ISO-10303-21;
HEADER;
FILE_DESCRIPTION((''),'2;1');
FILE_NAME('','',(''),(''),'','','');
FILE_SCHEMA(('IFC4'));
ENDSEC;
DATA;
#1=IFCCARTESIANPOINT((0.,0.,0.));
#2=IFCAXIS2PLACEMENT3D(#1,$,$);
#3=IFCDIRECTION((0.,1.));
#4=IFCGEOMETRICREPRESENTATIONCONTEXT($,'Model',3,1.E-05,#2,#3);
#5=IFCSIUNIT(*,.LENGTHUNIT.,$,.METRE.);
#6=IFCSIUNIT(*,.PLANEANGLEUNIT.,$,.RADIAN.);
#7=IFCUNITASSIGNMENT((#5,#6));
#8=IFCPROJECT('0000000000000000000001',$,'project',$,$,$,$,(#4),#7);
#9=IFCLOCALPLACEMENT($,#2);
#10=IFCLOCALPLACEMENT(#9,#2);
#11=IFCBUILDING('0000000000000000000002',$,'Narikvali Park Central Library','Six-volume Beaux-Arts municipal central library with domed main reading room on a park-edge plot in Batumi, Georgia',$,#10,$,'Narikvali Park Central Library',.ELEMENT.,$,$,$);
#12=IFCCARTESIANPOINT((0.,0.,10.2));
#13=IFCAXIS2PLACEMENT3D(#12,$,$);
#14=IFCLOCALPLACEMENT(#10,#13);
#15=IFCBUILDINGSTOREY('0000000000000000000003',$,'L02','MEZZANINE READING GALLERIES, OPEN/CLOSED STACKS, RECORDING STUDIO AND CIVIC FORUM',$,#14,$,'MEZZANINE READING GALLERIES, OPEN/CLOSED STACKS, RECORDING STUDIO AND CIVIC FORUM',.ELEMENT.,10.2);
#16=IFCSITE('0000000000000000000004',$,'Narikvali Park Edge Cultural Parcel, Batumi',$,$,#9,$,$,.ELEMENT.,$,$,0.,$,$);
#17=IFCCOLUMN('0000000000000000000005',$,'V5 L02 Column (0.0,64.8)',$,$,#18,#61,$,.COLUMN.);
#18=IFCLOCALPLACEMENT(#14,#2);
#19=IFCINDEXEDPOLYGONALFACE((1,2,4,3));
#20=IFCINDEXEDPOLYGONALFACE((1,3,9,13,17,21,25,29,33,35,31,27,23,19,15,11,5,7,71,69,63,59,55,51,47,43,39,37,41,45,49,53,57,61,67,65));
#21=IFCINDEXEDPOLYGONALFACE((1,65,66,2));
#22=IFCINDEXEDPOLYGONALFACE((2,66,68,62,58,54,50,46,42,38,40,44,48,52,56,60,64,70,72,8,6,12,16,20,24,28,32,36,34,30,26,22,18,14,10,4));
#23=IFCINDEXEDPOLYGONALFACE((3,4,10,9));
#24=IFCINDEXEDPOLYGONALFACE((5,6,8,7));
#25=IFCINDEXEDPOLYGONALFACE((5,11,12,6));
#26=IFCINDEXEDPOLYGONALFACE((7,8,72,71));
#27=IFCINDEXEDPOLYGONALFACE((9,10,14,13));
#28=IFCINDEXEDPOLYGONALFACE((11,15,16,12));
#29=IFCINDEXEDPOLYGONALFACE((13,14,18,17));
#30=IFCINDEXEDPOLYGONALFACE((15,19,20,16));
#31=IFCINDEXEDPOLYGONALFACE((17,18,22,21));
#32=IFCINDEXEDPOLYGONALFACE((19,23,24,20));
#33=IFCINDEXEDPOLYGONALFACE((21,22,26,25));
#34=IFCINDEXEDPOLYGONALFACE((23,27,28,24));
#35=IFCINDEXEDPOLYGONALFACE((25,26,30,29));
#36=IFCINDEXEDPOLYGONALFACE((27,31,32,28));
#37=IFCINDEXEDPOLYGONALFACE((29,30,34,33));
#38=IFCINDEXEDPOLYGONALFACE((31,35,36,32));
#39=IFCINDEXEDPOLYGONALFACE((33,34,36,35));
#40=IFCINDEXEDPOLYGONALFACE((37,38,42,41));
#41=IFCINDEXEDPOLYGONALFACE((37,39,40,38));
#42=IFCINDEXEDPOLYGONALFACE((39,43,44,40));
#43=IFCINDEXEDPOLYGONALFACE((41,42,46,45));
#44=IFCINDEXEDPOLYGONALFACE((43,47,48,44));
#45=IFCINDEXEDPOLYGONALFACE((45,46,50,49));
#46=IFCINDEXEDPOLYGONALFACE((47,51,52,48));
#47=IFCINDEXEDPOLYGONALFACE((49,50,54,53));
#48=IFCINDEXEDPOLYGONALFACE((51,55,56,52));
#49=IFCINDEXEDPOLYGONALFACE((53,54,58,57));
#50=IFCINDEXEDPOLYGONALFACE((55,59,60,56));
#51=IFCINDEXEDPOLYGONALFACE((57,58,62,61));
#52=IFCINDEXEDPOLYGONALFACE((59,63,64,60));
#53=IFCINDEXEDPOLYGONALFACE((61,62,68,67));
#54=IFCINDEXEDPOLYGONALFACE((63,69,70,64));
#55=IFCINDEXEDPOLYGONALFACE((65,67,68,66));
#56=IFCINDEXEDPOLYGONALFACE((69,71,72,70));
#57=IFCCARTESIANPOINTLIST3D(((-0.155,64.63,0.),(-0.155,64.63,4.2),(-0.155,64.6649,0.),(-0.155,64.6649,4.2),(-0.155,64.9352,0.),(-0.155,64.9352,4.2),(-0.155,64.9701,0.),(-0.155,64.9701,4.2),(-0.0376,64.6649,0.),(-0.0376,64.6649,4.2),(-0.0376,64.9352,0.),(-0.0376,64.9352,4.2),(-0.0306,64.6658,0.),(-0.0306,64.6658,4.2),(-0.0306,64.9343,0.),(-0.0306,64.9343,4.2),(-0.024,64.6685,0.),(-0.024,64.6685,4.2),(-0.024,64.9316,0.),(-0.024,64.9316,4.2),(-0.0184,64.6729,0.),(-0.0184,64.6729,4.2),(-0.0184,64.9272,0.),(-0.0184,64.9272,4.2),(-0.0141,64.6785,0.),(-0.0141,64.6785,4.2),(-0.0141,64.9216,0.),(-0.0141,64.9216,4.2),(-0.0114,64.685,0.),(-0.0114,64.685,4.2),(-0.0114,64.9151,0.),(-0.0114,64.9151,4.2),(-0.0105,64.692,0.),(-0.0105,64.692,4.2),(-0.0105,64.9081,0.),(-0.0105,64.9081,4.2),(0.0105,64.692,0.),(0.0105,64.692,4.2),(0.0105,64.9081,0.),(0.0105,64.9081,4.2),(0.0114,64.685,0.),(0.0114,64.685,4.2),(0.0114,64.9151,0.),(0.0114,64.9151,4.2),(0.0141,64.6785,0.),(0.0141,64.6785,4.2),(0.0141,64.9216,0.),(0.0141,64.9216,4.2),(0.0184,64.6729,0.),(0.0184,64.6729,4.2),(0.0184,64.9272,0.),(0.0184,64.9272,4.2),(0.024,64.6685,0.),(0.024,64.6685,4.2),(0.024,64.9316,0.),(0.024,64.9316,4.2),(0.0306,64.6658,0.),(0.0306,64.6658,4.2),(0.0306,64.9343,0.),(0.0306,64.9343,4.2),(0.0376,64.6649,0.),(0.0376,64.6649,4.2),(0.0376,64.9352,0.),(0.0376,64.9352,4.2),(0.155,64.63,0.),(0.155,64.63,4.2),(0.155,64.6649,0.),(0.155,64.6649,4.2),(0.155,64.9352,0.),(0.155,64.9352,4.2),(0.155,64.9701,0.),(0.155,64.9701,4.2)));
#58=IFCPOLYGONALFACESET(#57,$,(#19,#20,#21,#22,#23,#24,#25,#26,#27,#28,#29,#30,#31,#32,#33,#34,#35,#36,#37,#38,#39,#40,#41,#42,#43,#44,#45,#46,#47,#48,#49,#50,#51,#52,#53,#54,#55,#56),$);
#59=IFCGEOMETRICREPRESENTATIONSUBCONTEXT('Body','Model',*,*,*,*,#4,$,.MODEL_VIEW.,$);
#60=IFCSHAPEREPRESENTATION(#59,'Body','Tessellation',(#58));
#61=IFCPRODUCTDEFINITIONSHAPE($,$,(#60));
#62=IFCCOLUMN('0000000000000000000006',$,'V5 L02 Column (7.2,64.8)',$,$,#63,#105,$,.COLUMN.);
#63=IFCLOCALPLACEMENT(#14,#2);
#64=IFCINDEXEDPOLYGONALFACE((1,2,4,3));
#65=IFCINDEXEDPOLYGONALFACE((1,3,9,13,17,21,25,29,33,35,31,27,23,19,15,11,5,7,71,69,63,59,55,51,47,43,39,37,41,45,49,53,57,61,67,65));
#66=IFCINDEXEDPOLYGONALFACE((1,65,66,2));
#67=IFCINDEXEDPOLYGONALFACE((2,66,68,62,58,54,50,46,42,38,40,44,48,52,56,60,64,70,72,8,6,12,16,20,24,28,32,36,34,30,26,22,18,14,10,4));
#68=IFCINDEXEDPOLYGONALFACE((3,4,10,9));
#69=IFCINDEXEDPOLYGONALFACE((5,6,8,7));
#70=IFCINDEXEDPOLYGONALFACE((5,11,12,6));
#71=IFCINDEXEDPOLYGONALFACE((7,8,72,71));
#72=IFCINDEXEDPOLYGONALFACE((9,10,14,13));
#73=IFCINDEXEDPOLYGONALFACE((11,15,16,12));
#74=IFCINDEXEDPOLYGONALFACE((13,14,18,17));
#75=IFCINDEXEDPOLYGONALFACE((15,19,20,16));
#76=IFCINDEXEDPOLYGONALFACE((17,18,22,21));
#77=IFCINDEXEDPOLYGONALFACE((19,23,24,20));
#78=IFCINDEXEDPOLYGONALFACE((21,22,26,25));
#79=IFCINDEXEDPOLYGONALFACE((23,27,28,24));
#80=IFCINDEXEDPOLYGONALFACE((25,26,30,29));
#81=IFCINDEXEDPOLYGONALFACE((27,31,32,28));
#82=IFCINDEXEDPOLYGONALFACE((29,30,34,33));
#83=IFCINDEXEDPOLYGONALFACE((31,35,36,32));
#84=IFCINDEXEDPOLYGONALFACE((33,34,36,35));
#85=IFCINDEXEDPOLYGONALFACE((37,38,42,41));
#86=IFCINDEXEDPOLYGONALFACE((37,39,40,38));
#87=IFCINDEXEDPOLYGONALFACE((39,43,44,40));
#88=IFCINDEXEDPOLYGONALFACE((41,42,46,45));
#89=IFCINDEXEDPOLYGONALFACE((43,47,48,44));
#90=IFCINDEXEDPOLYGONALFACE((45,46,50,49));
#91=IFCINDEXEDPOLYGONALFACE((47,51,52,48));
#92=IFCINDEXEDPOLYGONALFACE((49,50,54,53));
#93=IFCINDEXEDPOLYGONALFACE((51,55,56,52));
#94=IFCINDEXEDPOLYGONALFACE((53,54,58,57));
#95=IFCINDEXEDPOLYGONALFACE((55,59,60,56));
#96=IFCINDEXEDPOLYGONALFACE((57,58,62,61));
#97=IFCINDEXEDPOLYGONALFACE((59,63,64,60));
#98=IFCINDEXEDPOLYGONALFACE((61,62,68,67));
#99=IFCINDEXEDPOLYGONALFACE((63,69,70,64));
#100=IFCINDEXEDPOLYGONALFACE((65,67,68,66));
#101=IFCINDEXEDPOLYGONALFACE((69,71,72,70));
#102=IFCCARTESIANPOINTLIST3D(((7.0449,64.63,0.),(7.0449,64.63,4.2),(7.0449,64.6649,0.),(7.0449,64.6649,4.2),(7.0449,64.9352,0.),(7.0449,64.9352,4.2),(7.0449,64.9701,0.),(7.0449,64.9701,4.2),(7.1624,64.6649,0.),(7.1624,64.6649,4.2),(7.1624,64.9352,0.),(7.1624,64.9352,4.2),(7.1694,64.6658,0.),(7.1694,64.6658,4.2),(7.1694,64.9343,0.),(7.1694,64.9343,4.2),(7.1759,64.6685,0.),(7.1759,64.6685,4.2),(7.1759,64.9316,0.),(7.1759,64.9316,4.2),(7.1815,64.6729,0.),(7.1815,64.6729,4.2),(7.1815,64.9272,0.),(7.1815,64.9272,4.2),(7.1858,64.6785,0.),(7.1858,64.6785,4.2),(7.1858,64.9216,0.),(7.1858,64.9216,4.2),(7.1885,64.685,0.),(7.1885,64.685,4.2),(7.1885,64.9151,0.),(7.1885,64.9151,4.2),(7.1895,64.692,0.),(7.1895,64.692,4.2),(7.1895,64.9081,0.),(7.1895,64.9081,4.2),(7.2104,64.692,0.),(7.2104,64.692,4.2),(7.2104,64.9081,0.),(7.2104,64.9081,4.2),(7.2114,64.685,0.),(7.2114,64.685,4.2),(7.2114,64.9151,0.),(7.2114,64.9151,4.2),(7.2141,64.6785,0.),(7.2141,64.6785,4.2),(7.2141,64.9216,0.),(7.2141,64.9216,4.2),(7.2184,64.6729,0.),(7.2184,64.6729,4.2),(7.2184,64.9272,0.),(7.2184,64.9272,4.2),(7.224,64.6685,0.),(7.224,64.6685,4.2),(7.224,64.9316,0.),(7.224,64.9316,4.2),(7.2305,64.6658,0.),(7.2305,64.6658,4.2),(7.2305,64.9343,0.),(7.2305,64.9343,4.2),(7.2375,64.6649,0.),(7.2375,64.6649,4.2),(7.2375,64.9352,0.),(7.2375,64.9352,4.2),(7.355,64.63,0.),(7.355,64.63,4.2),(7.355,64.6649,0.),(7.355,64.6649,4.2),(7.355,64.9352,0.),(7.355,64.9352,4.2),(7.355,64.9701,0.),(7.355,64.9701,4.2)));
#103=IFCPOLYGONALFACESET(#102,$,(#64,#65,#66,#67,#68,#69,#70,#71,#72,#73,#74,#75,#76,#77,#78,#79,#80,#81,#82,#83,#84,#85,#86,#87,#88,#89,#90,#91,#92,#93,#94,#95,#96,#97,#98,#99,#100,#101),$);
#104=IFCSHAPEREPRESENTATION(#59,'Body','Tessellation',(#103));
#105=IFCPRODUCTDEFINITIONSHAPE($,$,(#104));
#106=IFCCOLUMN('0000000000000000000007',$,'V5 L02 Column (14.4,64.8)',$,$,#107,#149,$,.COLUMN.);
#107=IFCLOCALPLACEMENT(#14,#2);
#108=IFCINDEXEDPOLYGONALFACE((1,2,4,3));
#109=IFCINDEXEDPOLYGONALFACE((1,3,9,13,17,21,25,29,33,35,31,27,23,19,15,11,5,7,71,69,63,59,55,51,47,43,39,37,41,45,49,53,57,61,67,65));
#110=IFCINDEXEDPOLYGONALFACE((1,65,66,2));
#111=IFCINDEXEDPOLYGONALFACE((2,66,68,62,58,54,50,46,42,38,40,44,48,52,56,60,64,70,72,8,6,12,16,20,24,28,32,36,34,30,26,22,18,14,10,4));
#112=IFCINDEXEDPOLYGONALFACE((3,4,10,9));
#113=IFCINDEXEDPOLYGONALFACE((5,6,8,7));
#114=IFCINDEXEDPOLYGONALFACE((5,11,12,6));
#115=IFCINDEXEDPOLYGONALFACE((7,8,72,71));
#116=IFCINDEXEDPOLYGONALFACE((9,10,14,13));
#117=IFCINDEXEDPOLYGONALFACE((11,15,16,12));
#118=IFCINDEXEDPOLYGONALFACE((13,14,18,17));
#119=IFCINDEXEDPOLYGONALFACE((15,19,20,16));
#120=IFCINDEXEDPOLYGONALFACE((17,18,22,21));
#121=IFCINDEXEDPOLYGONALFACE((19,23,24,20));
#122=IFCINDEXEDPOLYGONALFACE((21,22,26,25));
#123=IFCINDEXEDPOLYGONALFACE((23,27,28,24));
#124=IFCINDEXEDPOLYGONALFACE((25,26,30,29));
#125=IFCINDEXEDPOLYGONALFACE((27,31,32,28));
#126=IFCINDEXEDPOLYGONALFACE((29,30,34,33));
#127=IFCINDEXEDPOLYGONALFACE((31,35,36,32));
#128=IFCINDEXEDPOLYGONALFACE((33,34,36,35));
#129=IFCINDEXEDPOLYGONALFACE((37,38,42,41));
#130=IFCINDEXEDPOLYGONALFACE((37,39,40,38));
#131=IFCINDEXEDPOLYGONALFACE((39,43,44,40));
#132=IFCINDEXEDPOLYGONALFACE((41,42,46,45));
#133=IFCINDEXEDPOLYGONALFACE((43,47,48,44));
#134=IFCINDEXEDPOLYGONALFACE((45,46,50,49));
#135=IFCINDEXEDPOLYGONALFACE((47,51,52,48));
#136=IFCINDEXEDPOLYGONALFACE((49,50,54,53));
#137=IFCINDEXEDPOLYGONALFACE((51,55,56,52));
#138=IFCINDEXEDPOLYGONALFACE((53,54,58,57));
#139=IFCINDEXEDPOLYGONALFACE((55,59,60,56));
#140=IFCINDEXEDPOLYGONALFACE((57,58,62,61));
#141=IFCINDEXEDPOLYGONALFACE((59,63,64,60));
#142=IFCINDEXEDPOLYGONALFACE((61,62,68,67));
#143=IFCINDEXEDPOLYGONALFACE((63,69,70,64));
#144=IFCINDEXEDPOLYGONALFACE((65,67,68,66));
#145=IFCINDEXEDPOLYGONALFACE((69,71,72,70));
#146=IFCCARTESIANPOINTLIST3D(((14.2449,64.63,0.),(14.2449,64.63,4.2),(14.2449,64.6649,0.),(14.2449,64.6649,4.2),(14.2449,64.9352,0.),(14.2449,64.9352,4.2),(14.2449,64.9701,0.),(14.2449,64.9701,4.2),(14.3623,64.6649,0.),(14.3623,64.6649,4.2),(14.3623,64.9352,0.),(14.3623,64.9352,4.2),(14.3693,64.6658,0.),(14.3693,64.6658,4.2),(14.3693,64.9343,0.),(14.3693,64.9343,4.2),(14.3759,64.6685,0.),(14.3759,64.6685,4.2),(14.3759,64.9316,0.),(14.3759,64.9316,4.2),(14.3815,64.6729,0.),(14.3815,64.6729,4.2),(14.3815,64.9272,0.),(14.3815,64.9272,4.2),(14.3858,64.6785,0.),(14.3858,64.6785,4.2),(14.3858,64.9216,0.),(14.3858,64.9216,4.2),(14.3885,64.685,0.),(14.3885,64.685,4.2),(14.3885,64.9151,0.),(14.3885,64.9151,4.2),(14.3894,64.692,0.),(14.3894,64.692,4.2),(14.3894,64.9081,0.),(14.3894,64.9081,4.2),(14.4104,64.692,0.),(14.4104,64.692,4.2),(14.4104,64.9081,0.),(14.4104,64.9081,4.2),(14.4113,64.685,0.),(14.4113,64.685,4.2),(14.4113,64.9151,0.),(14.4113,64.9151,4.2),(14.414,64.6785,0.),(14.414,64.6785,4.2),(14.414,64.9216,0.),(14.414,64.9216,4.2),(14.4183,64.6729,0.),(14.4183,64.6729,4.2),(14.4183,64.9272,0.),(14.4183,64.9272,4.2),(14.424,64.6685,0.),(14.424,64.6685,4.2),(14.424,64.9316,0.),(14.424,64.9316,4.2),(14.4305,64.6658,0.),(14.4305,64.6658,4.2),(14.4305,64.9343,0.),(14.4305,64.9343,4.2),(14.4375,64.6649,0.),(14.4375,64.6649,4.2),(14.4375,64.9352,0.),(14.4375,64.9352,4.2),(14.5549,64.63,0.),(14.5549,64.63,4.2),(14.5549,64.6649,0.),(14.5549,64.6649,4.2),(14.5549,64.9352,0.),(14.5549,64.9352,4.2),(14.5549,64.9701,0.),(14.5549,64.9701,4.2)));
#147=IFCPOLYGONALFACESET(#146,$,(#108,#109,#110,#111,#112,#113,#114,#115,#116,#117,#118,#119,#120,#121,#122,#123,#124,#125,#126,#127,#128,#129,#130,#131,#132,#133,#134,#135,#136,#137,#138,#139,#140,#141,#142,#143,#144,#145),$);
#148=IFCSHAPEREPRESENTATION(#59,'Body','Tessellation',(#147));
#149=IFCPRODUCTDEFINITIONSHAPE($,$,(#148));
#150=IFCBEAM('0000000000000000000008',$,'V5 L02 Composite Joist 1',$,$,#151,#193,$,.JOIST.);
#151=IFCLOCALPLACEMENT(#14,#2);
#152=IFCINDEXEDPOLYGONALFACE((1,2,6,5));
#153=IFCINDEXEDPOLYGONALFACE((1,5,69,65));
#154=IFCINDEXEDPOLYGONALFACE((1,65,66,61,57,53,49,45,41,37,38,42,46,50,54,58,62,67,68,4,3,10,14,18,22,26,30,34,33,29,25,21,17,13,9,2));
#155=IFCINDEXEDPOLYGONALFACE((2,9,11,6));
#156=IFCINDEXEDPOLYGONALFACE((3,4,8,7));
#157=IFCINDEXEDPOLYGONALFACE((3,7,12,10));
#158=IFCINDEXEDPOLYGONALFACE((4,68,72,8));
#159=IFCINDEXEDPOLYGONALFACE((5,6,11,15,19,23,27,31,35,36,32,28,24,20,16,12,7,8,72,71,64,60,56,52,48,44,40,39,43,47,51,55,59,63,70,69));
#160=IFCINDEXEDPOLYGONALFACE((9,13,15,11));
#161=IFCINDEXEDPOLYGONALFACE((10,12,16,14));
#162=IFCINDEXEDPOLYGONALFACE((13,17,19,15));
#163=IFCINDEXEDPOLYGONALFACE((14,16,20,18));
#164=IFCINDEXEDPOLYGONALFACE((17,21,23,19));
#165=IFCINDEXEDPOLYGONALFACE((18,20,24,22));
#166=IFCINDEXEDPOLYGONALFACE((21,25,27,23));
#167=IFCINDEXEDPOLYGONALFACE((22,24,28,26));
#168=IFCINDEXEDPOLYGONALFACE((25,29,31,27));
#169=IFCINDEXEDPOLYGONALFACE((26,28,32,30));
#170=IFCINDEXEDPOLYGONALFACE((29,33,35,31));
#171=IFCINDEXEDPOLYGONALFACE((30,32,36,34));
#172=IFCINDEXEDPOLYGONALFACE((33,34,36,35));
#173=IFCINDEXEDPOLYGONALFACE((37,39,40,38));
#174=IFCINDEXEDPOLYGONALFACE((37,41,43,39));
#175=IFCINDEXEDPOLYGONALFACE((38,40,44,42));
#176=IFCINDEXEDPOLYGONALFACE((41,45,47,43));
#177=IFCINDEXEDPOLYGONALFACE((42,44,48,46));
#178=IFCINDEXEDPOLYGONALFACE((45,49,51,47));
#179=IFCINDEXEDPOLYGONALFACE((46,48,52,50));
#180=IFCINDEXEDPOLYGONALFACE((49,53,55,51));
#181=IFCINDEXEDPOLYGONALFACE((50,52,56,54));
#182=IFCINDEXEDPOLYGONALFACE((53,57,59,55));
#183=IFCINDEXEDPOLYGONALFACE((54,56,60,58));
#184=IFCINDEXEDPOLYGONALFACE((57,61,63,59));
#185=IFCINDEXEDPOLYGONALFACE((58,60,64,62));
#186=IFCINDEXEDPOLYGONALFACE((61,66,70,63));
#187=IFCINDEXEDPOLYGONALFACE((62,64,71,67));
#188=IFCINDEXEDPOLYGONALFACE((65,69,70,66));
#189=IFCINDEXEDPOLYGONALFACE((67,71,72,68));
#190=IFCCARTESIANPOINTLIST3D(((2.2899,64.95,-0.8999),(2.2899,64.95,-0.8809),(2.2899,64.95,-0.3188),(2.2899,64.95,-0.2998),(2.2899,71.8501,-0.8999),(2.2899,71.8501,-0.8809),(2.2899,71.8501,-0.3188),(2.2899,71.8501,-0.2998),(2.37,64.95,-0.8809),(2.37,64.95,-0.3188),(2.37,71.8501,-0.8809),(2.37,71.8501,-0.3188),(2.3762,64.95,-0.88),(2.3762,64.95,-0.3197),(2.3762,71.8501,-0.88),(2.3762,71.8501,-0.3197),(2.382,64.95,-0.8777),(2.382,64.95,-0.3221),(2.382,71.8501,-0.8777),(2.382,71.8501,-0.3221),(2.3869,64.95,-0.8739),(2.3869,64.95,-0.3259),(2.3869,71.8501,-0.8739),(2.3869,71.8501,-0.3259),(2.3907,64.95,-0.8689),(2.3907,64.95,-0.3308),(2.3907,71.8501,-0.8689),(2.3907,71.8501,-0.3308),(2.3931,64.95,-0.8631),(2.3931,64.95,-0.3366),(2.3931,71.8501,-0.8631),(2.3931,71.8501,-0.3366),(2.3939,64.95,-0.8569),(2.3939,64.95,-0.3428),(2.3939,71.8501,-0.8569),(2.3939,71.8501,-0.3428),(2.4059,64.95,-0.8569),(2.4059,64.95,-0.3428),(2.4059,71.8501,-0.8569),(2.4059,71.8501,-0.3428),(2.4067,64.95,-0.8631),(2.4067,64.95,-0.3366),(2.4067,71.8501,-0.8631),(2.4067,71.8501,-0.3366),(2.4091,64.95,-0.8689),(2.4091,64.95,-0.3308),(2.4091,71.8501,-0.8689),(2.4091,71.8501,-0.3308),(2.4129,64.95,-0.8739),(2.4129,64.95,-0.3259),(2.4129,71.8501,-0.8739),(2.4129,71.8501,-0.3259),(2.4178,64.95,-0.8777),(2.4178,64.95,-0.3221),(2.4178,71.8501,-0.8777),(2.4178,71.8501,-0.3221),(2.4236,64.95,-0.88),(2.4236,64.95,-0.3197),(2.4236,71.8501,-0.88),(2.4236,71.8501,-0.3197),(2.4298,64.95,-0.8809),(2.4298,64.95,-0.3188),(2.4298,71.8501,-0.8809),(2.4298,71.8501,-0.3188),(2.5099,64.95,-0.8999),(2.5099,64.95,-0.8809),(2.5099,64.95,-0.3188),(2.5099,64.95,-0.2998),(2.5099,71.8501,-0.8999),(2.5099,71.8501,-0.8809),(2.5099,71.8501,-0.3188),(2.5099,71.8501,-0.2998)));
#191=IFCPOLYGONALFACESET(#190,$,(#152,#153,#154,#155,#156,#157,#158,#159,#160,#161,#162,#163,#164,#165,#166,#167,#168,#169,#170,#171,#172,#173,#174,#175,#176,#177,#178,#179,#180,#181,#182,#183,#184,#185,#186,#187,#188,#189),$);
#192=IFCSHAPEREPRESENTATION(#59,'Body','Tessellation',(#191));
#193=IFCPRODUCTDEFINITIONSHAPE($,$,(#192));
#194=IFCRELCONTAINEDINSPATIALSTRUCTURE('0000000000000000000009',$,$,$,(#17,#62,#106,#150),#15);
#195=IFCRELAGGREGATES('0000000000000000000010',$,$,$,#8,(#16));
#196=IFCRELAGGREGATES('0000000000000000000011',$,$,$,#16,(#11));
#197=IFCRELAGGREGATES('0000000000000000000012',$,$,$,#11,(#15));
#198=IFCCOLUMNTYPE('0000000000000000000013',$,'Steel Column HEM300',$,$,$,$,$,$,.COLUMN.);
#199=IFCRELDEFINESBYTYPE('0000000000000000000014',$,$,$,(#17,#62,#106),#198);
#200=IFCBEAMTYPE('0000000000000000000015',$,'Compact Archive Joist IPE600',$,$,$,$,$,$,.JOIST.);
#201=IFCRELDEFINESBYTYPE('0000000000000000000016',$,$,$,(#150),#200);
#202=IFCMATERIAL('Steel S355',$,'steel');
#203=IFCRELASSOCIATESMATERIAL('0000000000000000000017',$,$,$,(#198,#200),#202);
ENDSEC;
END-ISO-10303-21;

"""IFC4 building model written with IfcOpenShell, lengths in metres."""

from ifc_helpers import new_model, si_unit, direction, frame, origin, origin_2d, place, context, subcontext, project, spatial, i_section, extrude, material, material_profile, profile_set, type_object, element, save


model = new_model("IFC4")

# Units and contexts
model_context = context("Model", 3, precision=1e-05, world=origin(), true_north=direction((0.0, 1.0)))
body_context = subcontext(model_context, "Body", "Model", "MODEL_VIEW")
ifc_project = project(units=[si_unit("LENGTHUNIT", "METRE"), si_unit("PLANEANGLEUNIT", "RADIAN")], contexts=[model_context])

# Site, building, storey
site_placement = place(None, origin())
site = spatial("IfcSite", under=ifc_project, at=site_placement, Name="Narikvali Park Edge Cultural Parcel, Batumi", CompositionType="ELEMENT", RefElevation=0.0)
building_placement = place(site_placement, origin())
building = spatial("IfcBuilding", under=site, at=building_placement, Name="Narikvali Park Central Library", Description="Six-volume Beaux-Arts municipal central library with domed main reading room on a park-edge plot in Batumi, Georgia", LongName="Narikvali Park Central Library", CompositionType="ELEMENT")
storey_placement = place(building_placement, frame((0.0, 0.0, 10.2)))
storey = spatial("IfcBuildingStorey", under=building, at=storey_placement, Name="L02", Description="MEZZANINE READING GALLERIES, OPEN/CLOSED STACKS, RECORDING STUDIO AND CIVIC FORUM", LongName="MEZZANINE READING GALLERIES, OPEN/CLOSED STACKS, RECORDING STUDIO AND CIVIC FORUM", CompositionType="ELEMENT", Elevation=10.2)

# Columns
ifc_material_1 = material(Name="Steel S355", Category="steel")
ifc_material_profile_1 = material_profile(ifc_material_1, i_section(OverallWidth=0.3101, OverallDepth=0.3401, WebThickness=0.021, FlangeThickness=0.0349, FilletRadius=0.0271, at=origin_2d()), Name="HEM 300")
ifc_profile_set_1 = profile_set([ifc_material_profile_1], Name="Steel S355")
column_type = type_object("IfcColumnType", Name="Steel Column HEM300", PredefinedType="COLUMN", material=ifc_profile_set_1)
for number, where, z_axis, x_axis, name in (
    (1, (0.0, 64.8, 0.0), (0.0, 0.0, 1.0), (1.0, 0.0, 0.0), "V5 L02 Column (0.0,64.8)"),
    (2, (7.2, 64.8, 0.0), (0.0, 0.0, 1.0), (1.0, 0.0, 0.0), "V5 L02 Column (7.2,64.8)"),
    (3, (14.3999, 64.8, 0.0), (0.0, 0.0, 1.0), (1.0, 0.0, 0.0), "V5 L02 Column (14.4,64.8)"),
):
    element("IfcColumn", number, at=place(storey_placement, frame(where, z_axis=z_axis, x_axis=x_axis)), inside=storey, type_object=column_type, Name=name, PredefinedType="COLUMN", context=body_context, shape_type="SweptSolid", body=[
        extrude(i_section(OverallWidth=0.3101, OverallDepth=0.3401, WebThickness=0.021, FlangeThickness=0.0349, FilletRadius=0.0271, at=origin_2d()), origin(), (0.0, 0.0, 1.0), 4.2),
    ])

# Beam
ifc_material_profile_2 = material_profile(ifc_material_1, i_section(OverallWidth=0.22, OverallDepth=0.6001, WebThickness=0.012, FlangeThickness=0.019, FilletRadius=0.0239, at=origin_2d()), Name="IPE 600")
ifc_profile_set_2 = profile_set([ifc_material_profile_2], Name="Steel S355")
beam_type_1 = type_object("IfcBeamType", Name="Compact Archive Joist IPE600", PredefinedType="JOIST", material=ifc_profile_set_2)
for number, where, z_axis, x_axis, name in (
    (4, (2.3999, 64.95, -0.5999), (0.0, 1.0, 0.0), (-1.0, 0.0, 0.0), "V5 L02 Composite Joist 1"),
):
    element("IfcBeam", number, at=place(storey_placement, frame(where, z_axis=z_axis, x_axis=x_axis)), inside=storey, type_object=beam_type_1, Name=name, PredefinedType="JOIST", context=body_context, shape_type="SweptSolid", body=[
        extrude(i_section(OverallWidth=0.22, OverallDepth=0.6001, WebThickness=0.012, FlangeThickness=0.019, FilletRadius=0.0239, at=origin_2d()), origin(), (0.0, 0.0, 1.0), 6.9001),
    ])

save(model, "model.ifc")
